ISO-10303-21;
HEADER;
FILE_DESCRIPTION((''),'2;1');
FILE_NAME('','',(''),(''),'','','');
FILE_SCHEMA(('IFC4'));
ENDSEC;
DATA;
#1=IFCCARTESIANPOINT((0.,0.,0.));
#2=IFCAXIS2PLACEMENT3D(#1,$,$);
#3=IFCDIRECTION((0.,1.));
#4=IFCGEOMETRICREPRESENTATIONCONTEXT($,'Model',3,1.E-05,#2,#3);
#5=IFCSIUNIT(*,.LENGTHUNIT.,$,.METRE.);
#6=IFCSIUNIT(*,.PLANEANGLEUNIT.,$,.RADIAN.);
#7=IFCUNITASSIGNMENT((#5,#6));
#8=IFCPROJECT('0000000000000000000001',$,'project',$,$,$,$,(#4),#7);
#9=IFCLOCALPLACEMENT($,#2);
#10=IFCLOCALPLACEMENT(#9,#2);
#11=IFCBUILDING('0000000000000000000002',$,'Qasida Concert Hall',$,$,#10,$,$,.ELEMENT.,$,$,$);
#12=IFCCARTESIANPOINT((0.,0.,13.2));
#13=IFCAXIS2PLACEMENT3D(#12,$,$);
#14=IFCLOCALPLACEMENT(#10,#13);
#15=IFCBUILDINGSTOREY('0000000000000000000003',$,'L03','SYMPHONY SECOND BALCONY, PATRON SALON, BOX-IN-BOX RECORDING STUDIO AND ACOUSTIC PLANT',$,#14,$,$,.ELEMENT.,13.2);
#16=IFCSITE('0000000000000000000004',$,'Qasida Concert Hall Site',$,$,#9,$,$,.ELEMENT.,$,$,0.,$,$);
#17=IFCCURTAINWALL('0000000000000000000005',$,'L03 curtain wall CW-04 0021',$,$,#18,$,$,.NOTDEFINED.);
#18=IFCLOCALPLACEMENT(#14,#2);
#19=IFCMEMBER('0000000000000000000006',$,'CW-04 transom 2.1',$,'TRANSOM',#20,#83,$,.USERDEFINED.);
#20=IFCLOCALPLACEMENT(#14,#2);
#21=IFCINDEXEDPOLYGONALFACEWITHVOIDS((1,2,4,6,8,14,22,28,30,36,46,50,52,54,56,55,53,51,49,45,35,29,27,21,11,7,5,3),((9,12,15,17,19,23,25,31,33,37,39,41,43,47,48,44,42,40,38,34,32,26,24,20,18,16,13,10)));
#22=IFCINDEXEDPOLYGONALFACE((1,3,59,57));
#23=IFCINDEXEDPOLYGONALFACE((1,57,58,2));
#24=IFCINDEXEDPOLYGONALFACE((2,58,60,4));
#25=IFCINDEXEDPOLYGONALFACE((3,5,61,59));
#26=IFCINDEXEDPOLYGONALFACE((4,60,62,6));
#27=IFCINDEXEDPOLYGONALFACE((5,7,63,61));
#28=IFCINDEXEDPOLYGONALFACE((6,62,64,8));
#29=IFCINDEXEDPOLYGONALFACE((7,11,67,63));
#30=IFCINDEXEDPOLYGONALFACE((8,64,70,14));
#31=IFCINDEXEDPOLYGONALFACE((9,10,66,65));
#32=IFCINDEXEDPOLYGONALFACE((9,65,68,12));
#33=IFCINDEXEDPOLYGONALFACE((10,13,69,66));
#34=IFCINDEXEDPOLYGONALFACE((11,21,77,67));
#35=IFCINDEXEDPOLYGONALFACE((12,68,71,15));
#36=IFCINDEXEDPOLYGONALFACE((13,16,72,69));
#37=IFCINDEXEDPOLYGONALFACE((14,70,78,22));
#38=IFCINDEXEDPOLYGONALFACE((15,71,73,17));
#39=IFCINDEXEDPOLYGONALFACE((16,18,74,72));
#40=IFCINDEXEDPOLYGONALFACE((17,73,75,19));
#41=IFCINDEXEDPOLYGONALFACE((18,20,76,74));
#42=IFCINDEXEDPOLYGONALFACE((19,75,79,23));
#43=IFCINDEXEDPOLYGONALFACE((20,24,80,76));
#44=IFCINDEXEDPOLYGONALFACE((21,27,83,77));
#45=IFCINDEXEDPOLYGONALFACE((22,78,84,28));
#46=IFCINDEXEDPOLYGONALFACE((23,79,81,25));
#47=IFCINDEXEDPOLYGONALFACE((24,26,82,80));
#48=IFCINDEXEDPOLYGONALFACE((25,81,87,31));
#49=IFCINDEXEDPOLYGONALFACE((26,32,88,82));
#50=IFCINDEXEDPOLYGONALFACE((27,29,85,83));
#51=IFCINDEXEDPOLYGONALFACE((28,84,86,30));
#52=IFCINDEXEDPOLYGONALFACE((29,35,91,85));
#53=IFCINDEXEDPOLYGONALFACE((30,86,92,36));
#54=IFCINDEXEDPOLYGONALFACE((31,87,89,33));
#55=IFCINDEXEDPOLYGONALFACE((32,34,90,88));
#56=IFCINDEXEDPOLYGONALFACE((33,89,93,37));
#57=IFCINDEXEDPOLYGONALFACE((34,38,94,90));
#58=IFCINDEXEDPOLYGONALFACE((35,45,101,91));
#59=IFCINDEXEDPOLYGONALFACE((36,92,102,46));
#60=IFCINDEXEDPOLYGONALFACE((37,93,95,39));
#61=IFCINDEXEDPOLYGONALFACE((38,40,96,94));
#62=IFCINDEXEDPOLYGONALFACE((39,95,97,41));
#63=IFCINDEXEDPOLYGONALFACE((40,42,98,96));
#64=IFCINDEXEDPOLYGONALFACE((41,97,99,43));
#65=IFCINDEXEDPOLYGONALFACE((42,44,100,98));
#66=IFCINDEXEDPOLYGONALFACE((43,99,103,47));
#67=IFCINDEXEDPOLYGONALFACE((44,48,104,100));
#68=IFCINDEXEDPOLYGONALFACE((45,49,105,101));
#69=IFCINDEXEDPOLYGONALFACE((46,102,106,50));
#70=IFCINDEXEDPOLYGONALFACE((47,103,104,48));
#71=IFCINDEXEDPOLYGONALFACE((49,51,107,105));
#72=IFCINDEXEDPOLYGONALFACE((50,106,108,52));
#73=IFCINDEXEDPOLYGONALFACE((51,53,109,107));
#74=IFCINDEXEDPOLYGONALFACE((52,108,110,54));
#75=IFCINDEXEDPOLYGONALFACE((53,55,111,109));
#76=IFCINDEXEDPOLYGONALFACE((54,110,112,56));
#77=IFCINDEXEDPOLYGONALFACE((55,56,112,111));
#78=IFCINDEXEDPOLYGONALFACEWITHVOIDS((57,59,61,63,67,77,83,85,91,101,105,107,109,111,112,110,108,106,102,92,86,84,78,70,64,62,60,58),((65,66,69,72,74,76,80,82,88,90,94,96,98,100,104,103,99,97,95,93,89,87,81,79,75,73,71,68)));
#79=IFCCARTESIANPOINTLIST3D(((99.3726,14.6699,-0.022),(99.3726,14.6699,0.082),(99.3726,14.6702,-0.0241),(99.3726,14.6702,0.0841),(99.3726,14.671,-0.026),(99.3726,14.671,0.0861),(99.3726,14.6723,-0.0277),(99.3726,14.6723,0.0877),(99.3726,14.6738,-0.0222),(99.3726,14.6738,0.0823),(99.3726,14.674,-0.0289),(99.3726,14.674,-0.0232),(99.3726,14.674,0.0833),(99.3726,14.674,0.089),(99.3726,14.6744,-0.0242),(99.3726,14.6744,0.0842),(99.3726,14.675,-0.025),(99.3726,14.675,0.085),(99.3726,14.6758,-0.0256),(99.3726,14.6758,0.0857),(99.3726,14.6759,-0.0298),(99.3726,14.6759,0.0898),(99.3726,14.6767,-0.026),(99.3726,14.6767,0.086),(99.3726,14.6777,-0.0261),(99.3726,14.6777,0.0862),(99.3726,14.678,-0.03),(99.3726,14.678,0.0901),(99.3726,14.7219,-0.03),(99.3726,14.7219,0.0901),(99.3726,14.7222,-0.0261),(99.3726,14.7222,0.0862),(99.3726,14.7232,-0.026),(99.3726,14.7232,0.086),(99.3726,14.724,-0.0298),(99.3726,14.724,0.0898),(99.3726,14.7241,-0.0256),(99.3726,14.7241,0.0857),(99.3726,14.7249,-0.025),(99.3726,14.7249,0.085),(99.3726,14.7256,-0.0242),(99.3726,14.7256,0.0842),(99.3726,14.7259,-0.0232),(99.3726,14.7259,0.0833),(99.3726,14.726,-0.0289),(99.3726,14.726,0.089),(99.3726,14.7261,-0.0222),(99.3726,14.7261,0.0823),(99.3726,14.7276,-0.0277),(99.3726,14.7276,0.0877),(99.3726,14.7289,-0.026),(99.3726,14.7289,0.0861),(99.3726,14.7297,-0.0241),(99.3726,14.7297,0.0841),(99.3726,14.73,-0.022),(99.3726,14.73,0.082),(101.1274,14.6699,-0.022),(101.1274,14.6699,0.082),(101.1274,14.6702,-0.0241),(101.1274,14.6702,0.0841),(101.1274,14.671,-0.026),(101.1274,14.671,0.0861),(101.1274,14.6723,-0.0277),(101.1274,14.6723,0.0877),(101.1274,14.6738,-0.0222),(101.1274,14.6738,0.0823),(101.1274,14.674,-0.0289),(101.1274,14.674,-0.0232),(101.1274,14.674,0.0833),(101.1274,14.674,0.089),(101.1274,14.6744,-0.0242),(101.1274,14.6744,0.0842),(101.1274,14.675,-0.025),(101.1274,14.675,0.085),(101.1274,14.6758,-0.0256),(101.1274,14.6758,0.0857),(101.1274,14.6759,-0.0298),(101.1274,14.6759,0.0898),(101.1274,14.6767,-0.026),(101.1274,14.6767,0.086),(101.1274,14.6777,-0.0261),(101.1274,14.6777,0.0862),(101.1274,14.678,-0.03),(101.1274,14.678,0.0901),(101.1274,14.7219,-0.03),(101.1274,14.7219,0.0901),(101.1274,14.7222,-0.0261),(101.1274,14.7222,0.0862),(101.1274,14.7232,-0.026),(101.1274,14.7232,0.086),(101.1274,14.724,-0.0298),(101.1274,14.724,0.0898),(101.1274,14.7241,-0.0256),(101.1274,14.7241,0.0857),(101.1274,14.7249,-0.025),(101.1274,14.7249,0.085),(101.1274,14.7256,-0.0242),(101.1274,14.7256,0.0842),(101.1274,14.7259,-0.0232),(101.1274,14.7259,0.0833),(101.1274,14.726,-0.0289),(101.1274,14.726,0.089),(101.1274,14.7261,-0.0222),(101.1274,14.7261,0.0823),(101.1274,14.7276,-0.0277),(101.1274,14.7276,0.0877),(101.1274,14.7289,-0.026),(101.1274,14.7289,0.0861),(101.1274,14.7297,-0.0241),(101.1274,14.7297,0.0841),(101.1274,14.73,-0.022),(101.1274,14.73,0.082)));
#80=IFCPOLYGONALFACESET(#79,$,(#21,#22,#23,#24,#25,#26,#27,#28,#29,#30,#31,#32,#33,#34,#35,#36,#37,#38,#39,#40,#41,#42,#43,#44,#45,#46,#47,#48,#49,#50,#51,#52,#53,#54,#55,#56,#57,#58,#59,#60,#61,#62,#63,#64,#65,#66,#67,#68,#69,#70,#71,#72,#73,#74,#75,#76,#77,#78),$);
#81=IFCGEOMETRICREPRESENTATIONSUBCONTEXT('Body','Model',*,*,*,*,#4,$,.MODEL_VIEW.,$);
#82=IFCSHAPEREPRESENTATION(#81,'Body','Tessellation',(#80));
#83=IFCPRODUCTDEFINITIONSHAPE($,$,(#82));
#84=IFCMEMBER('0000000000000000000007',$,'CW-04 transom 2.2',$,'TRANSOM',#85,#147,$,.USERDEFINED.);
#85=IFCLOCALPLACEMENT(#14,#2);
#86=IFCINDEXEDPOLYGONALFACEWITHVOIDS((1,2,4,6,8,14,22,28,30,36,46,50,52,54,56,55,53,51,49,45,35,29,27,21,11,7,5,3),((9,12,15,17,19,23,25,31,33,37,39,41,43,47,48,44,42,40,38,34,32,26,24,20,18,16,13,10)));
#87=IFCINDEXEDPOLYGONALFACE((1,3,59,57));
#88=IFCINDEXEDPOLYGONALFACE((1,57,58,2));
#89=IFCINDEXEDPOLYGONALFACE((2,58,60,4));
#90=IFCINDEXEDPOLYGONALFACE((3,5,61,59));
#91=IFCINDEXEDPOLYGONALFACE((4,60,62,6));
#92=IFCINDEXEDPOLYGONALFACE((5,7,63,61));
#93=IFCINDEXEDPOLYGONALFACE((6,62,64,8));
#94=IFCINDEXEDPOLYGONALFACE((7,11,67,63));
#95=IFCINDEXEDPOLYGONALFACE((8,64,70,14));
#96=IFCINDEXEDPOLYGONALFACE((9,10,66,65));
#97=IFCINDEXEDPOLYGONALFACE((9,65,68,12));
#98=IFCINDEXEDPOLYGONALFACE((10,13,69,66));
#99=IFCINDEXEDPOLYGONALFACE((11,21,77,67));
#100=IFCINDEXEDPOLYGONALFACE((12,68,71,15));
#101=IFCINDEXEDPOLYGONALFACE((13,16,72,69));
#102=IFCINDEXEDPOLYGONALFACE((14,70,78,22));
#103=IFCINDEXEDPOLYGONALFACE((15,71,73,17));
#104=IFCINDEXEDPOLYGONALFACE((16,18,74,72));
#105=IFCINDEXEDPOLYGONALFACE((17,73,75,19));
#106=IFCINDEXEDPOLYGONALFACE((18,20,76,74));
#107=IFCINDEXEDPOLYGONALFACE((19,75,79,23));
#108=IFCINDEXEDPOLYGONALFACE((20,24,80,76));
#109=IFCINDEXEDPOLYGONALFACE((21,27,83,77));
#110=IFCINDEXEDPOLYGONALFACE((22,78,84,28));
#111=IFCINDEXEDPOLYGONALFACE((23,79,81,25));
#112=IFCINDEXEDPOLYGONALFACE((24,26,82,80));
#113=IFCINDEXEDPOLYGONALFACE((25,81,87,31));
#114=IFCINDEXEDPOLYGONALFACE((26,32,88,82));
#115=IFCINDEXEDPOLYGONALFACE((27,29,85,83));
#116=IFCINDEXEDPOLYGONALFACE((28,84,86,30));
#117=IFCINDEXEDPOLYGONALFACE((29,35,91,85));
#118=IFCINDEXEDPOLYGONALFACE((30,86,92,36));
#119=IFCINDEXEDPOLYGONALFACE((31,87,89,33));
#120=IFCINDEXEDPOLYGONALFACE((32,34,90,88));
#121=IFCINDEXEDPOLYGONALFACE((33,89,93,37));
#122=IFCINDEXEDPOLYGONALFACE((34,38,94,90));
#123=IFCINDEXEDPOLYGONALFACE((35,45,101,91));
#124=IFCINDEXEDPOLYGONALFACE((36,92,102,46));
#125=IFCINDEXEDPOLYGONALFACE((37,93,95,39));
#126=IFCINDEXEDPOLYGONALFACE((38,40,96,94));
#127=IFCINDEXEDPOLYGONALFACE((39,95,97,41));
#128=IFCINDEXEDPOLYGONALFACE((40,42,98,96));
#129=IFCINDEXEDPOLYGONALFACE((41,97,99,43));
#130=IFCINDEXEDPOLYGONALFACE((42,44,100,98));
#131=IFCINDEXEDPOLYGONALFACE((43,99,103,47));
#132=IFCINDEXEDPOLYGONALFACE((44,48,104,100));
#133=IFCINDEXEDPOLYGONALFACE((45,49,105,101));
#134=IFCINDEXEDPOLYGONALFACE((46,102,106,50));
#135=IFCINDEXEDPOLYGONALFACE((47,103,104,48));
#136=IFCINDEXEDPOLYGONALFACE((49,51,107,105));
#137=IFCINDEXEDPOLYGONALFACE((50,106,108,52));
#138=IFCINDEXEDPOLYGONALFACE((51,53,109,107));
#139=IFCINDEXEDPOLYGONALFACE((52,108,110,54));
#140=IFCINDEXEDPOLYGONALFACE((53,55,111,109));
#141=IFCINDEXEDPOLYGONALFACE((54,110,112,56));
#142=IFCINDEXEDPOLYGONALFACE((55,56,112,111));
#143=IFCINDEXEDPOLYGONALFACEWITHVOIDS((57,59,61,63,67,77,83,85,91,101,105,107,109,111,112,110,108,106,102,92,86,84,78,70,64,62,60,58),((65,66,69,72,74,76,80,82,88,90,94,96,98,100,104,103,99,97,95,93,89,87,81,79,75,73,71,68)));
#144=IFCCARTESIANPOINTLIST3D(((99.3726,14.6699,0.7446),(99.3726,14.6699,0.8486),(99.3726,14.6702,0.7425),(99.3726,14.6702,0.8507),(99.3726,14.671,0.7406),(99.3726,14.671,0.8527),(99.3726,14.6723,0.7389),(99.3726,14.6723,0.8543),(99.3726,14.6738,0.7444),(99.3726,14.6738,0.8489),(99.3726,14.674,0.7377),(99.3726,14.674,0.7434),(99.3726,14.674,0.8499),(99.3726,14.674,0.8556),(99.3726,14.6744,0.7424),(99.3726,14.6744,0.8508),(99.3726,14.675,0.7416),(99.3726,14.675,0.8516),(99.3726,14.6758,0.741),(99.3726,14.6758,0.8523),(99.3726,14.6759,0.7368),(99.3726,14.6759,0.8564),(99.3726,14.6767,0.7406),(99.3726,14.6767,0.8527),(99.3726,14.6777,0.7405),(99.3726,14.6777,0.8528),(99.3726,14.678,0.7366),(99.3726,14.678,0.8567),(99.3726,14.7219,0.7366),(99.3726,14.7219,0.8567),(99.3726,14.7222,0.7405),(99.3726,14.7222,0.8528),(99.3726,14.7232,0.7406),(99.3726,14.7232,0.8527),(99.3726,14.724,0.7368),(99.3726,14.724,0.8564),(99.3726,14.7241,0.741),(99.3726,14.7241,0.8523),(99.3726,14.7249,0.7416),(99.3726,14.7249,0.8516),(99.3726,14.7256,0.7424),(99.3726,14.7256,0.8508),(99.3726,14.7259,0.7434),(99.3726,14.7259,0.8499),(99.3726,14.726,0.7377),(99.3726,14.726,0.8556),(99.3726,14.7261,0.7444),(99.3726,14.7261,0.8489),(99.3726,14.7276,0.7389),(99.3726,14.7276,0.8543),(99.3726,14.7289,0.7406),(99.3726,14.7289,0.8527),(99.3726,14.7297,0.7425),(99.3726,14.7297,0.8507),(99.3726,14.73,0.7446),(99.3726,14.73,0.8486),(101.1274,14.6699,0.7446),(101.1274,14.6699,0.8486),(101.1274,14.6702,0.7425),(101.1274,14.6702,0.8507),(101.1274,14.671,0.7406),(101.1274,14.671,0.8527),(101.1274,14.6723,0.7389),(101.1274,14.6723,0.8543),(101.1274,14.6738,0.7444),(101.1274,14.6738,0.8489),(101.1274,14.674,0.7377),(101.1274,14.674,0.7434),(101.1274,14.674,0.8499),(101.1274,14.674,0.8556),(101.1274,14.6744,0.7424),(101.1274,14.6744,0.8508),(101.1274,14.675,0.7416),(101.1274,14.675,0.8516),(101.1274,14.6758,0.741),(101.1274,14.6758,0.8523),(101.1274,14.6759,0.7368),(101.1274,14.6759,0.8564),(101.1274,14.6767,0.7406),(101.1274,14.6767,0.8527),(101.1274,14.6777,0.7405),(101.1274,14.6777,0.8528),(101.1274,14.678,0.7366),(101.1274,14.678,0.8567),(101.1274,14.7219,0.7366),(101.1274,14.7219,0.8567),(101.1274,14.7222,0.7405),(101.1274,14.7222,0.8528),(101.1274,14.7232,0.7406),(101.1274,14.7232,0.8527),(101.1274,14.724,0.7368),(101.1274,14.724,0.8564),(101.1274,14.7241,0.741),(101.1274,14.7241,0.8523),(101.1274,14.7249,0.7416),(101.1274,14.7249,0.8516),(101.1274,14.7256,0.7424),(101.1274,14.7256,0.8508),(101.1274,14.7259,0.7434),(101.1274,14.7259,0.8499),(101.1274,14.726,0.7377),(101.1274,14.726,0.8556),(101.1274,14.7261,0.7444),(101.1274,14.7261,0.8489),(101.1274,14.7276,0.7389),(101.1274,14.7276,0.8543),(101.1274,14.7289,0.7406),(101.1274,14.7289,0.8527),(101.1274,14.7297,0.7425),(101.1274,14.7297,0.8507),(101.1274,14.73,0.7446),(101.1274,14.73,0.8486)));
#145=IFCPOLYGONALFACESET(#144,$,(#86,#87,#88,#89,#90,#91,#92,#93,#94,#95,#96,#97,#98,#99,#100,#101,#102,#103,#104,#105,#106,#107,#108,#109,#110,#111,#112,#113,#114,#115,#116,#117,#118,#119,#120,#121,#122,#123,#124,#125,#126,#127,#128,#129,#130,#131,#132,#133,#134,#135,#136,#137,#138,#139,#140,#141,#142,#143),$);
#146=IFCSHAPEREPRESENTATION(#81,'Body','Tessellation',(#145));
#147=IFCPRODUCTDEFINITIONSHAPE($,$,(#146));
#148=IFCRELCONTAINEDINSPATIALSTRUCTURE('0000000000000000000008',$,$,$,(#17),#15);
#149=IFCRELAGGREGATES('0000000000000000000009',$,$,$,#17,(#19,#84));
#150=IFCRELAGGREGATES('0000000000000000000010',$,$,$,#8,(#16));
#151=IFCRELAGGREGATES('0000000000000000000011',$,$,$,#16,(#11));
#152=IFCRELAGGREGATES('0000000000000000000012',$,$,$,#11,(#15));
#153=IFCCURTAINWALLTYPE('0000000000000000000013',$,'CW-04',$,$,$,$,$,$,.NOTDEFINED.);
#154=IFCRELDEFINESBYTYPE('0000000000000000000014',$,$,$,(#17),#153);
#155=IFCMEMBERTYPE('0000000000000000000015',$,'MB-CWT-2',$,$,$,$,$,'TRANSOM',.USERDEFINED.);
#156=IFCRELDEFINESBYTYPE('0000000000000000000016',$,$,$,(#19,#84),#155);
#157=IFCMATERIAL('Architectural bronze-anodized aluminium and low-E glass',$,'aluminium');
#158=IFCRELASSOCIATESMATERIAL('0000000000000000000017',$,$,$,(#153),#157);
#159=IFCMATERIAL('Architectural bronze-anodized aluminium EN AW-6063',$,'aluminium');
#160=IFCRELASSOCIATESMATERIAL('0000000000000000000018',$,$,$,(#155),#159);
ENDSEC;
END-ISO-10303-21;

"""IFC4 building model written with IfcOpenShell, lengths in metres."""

from ifc_helpers import new_model, si_unit, direction, frame, origin, origin_2d, place, context, subcontext, project, spatial, hollow_rectangle, extrude, material, material_profile, profile_set, type_object, element, aggregate, save


model = new_model("IFC4")

# Units and contexts
model_context = context("Model", 3, precision=1e-05, world=origin(), true_north=direction((0.0, 1.0)))
body_context = subcontext(model_context, "Body", "Model", "MODEL_VIEW")
ifc_project = project(units=[si_unit("LENGTHUNIT", "METRE"), si_unit("PLANEANGLEUNIT", "RADIAN")], contexts=[model_context])

# Site, building, storey
site_placement = place(None, origin())
site = spatial("IfcSite", under=ifc_project, at=site_placement, Name="Qasida Concert Hall Site", CompositionType="ELEMENT", RefElevation=0.0)
building_placement = place(site_placement, origin())
building = spatial("IfcBuilding", under=site, at=building_placement, Name="Qasida Concert Hall", CompositionType="ELEMENT")
storey_placement = place(building_placement, frame((0.0, 0.0, 13.2)))
storey = spatial("IfcBuildingStorey", under=building, at=storey_placement, Name="L03", Description="SYMPHONY SECOND BALCONY, PATRON SALON, BOX-IN-BOX RECORDING STUDIO AND ACOUSTIC PLANT", CompositionType="ELEMENT", Elevation=13.2)

# Shared definitions
ifc_material_1 = material(Name="Architectural bronze-anodized aluminium and low-E glass", Category="aluminium")
curtain_wall_type = type_object("IfcCurtainWallType", Name="CW-04", PredefinedType="NOTDEFINED", material=ifc_material_1)
ifc_material_2 = material(Name="Architectural bronze-anodized aluminium EN AW-6063", Category="aluminium")

# Curtain wall, members
curtain_wall_1_placement = place(storey_placement, origin())
curtain_wall_1 = element("IfcCurtainWall", 1, at=curtain_wall_1_placement, inside=storey, type_object=curtain_wall_type, Name="L03 curtain wall CW-04 0021", PredefinedType="NOTDEFINED")
ifc_material_profile_1 = material_profile(ifc_material_2, hollow_rectangle(XDim=0.0601, YDim=0.1201, WallThickness=0.0039, InnerFilletRadius=0.0039, OuterFilletRadius=0.0081, at=origin_2d()), Name="CWT 120x60x4")
ifc_profile_set_1 = profile_set([ifc_material_profile_1], Name="Architectural bronze-anodized aluminium EN AW-6063")
member_type_1 = type_object("IfcMemberType", Name="MB-CWT-2", ElementType="TRANSOM", PredefinedType="USERDEFINED", material=ifc_profile_set_1)
member_1_placement = place(storey_placement, frame((99.3726, 14.7, 0.03), z_axis=(1.0, 0.0, 0.0), x_axis=(0.0, 1.0, 0.0)))
member_1 = element("IfcMember", 2, at=member_1_placement, type_object=member_type_1, Name="CW-04 transom 2.1", ObjectType="TRANSOM", PredefinedType="USERDEFINED", context=body_context, shape_type="SweptSolid", body=[
    extrude(hollow_rectangle(XDim=0.0601, YDim=0.1201, WallThickness=0.0039, InnerFilletRadius=0.0039, OuterFilletRadius=0.0081, at=origin_2d()), origin(), (0.0, 0.0, 1.0), 1.7549),
])
member_2_placement = place(storey_placement, frame((99.3726, 14.7, 0.7966), z_axis=(1.0, 0.0, 0.0), x_axis=(0.0, 1.0, 0.0)))
member_2 = element("IfcMember", 3, at=member_2_placement, type_object=member_type_1, Name="CW-04 transom 2.2", ObjectType="TRANSOM", PredefinedType="USERDEFINED", context=body_context, shape_type="SweptSolid", body=[
    extrude(hollow_rectangle(XDim=0.0601, YDim=0.1201, WallThickness=0.0039, InnerFilletRadius=0.0039, OuterFilletRadius=0.0081, at=origin_2d()), origin(), (0.0, 0.0, 1.0), 1.7549),
])

aggregate(curtain_wall_1, [member_1, member_2])

save(model, "model.ifc")
